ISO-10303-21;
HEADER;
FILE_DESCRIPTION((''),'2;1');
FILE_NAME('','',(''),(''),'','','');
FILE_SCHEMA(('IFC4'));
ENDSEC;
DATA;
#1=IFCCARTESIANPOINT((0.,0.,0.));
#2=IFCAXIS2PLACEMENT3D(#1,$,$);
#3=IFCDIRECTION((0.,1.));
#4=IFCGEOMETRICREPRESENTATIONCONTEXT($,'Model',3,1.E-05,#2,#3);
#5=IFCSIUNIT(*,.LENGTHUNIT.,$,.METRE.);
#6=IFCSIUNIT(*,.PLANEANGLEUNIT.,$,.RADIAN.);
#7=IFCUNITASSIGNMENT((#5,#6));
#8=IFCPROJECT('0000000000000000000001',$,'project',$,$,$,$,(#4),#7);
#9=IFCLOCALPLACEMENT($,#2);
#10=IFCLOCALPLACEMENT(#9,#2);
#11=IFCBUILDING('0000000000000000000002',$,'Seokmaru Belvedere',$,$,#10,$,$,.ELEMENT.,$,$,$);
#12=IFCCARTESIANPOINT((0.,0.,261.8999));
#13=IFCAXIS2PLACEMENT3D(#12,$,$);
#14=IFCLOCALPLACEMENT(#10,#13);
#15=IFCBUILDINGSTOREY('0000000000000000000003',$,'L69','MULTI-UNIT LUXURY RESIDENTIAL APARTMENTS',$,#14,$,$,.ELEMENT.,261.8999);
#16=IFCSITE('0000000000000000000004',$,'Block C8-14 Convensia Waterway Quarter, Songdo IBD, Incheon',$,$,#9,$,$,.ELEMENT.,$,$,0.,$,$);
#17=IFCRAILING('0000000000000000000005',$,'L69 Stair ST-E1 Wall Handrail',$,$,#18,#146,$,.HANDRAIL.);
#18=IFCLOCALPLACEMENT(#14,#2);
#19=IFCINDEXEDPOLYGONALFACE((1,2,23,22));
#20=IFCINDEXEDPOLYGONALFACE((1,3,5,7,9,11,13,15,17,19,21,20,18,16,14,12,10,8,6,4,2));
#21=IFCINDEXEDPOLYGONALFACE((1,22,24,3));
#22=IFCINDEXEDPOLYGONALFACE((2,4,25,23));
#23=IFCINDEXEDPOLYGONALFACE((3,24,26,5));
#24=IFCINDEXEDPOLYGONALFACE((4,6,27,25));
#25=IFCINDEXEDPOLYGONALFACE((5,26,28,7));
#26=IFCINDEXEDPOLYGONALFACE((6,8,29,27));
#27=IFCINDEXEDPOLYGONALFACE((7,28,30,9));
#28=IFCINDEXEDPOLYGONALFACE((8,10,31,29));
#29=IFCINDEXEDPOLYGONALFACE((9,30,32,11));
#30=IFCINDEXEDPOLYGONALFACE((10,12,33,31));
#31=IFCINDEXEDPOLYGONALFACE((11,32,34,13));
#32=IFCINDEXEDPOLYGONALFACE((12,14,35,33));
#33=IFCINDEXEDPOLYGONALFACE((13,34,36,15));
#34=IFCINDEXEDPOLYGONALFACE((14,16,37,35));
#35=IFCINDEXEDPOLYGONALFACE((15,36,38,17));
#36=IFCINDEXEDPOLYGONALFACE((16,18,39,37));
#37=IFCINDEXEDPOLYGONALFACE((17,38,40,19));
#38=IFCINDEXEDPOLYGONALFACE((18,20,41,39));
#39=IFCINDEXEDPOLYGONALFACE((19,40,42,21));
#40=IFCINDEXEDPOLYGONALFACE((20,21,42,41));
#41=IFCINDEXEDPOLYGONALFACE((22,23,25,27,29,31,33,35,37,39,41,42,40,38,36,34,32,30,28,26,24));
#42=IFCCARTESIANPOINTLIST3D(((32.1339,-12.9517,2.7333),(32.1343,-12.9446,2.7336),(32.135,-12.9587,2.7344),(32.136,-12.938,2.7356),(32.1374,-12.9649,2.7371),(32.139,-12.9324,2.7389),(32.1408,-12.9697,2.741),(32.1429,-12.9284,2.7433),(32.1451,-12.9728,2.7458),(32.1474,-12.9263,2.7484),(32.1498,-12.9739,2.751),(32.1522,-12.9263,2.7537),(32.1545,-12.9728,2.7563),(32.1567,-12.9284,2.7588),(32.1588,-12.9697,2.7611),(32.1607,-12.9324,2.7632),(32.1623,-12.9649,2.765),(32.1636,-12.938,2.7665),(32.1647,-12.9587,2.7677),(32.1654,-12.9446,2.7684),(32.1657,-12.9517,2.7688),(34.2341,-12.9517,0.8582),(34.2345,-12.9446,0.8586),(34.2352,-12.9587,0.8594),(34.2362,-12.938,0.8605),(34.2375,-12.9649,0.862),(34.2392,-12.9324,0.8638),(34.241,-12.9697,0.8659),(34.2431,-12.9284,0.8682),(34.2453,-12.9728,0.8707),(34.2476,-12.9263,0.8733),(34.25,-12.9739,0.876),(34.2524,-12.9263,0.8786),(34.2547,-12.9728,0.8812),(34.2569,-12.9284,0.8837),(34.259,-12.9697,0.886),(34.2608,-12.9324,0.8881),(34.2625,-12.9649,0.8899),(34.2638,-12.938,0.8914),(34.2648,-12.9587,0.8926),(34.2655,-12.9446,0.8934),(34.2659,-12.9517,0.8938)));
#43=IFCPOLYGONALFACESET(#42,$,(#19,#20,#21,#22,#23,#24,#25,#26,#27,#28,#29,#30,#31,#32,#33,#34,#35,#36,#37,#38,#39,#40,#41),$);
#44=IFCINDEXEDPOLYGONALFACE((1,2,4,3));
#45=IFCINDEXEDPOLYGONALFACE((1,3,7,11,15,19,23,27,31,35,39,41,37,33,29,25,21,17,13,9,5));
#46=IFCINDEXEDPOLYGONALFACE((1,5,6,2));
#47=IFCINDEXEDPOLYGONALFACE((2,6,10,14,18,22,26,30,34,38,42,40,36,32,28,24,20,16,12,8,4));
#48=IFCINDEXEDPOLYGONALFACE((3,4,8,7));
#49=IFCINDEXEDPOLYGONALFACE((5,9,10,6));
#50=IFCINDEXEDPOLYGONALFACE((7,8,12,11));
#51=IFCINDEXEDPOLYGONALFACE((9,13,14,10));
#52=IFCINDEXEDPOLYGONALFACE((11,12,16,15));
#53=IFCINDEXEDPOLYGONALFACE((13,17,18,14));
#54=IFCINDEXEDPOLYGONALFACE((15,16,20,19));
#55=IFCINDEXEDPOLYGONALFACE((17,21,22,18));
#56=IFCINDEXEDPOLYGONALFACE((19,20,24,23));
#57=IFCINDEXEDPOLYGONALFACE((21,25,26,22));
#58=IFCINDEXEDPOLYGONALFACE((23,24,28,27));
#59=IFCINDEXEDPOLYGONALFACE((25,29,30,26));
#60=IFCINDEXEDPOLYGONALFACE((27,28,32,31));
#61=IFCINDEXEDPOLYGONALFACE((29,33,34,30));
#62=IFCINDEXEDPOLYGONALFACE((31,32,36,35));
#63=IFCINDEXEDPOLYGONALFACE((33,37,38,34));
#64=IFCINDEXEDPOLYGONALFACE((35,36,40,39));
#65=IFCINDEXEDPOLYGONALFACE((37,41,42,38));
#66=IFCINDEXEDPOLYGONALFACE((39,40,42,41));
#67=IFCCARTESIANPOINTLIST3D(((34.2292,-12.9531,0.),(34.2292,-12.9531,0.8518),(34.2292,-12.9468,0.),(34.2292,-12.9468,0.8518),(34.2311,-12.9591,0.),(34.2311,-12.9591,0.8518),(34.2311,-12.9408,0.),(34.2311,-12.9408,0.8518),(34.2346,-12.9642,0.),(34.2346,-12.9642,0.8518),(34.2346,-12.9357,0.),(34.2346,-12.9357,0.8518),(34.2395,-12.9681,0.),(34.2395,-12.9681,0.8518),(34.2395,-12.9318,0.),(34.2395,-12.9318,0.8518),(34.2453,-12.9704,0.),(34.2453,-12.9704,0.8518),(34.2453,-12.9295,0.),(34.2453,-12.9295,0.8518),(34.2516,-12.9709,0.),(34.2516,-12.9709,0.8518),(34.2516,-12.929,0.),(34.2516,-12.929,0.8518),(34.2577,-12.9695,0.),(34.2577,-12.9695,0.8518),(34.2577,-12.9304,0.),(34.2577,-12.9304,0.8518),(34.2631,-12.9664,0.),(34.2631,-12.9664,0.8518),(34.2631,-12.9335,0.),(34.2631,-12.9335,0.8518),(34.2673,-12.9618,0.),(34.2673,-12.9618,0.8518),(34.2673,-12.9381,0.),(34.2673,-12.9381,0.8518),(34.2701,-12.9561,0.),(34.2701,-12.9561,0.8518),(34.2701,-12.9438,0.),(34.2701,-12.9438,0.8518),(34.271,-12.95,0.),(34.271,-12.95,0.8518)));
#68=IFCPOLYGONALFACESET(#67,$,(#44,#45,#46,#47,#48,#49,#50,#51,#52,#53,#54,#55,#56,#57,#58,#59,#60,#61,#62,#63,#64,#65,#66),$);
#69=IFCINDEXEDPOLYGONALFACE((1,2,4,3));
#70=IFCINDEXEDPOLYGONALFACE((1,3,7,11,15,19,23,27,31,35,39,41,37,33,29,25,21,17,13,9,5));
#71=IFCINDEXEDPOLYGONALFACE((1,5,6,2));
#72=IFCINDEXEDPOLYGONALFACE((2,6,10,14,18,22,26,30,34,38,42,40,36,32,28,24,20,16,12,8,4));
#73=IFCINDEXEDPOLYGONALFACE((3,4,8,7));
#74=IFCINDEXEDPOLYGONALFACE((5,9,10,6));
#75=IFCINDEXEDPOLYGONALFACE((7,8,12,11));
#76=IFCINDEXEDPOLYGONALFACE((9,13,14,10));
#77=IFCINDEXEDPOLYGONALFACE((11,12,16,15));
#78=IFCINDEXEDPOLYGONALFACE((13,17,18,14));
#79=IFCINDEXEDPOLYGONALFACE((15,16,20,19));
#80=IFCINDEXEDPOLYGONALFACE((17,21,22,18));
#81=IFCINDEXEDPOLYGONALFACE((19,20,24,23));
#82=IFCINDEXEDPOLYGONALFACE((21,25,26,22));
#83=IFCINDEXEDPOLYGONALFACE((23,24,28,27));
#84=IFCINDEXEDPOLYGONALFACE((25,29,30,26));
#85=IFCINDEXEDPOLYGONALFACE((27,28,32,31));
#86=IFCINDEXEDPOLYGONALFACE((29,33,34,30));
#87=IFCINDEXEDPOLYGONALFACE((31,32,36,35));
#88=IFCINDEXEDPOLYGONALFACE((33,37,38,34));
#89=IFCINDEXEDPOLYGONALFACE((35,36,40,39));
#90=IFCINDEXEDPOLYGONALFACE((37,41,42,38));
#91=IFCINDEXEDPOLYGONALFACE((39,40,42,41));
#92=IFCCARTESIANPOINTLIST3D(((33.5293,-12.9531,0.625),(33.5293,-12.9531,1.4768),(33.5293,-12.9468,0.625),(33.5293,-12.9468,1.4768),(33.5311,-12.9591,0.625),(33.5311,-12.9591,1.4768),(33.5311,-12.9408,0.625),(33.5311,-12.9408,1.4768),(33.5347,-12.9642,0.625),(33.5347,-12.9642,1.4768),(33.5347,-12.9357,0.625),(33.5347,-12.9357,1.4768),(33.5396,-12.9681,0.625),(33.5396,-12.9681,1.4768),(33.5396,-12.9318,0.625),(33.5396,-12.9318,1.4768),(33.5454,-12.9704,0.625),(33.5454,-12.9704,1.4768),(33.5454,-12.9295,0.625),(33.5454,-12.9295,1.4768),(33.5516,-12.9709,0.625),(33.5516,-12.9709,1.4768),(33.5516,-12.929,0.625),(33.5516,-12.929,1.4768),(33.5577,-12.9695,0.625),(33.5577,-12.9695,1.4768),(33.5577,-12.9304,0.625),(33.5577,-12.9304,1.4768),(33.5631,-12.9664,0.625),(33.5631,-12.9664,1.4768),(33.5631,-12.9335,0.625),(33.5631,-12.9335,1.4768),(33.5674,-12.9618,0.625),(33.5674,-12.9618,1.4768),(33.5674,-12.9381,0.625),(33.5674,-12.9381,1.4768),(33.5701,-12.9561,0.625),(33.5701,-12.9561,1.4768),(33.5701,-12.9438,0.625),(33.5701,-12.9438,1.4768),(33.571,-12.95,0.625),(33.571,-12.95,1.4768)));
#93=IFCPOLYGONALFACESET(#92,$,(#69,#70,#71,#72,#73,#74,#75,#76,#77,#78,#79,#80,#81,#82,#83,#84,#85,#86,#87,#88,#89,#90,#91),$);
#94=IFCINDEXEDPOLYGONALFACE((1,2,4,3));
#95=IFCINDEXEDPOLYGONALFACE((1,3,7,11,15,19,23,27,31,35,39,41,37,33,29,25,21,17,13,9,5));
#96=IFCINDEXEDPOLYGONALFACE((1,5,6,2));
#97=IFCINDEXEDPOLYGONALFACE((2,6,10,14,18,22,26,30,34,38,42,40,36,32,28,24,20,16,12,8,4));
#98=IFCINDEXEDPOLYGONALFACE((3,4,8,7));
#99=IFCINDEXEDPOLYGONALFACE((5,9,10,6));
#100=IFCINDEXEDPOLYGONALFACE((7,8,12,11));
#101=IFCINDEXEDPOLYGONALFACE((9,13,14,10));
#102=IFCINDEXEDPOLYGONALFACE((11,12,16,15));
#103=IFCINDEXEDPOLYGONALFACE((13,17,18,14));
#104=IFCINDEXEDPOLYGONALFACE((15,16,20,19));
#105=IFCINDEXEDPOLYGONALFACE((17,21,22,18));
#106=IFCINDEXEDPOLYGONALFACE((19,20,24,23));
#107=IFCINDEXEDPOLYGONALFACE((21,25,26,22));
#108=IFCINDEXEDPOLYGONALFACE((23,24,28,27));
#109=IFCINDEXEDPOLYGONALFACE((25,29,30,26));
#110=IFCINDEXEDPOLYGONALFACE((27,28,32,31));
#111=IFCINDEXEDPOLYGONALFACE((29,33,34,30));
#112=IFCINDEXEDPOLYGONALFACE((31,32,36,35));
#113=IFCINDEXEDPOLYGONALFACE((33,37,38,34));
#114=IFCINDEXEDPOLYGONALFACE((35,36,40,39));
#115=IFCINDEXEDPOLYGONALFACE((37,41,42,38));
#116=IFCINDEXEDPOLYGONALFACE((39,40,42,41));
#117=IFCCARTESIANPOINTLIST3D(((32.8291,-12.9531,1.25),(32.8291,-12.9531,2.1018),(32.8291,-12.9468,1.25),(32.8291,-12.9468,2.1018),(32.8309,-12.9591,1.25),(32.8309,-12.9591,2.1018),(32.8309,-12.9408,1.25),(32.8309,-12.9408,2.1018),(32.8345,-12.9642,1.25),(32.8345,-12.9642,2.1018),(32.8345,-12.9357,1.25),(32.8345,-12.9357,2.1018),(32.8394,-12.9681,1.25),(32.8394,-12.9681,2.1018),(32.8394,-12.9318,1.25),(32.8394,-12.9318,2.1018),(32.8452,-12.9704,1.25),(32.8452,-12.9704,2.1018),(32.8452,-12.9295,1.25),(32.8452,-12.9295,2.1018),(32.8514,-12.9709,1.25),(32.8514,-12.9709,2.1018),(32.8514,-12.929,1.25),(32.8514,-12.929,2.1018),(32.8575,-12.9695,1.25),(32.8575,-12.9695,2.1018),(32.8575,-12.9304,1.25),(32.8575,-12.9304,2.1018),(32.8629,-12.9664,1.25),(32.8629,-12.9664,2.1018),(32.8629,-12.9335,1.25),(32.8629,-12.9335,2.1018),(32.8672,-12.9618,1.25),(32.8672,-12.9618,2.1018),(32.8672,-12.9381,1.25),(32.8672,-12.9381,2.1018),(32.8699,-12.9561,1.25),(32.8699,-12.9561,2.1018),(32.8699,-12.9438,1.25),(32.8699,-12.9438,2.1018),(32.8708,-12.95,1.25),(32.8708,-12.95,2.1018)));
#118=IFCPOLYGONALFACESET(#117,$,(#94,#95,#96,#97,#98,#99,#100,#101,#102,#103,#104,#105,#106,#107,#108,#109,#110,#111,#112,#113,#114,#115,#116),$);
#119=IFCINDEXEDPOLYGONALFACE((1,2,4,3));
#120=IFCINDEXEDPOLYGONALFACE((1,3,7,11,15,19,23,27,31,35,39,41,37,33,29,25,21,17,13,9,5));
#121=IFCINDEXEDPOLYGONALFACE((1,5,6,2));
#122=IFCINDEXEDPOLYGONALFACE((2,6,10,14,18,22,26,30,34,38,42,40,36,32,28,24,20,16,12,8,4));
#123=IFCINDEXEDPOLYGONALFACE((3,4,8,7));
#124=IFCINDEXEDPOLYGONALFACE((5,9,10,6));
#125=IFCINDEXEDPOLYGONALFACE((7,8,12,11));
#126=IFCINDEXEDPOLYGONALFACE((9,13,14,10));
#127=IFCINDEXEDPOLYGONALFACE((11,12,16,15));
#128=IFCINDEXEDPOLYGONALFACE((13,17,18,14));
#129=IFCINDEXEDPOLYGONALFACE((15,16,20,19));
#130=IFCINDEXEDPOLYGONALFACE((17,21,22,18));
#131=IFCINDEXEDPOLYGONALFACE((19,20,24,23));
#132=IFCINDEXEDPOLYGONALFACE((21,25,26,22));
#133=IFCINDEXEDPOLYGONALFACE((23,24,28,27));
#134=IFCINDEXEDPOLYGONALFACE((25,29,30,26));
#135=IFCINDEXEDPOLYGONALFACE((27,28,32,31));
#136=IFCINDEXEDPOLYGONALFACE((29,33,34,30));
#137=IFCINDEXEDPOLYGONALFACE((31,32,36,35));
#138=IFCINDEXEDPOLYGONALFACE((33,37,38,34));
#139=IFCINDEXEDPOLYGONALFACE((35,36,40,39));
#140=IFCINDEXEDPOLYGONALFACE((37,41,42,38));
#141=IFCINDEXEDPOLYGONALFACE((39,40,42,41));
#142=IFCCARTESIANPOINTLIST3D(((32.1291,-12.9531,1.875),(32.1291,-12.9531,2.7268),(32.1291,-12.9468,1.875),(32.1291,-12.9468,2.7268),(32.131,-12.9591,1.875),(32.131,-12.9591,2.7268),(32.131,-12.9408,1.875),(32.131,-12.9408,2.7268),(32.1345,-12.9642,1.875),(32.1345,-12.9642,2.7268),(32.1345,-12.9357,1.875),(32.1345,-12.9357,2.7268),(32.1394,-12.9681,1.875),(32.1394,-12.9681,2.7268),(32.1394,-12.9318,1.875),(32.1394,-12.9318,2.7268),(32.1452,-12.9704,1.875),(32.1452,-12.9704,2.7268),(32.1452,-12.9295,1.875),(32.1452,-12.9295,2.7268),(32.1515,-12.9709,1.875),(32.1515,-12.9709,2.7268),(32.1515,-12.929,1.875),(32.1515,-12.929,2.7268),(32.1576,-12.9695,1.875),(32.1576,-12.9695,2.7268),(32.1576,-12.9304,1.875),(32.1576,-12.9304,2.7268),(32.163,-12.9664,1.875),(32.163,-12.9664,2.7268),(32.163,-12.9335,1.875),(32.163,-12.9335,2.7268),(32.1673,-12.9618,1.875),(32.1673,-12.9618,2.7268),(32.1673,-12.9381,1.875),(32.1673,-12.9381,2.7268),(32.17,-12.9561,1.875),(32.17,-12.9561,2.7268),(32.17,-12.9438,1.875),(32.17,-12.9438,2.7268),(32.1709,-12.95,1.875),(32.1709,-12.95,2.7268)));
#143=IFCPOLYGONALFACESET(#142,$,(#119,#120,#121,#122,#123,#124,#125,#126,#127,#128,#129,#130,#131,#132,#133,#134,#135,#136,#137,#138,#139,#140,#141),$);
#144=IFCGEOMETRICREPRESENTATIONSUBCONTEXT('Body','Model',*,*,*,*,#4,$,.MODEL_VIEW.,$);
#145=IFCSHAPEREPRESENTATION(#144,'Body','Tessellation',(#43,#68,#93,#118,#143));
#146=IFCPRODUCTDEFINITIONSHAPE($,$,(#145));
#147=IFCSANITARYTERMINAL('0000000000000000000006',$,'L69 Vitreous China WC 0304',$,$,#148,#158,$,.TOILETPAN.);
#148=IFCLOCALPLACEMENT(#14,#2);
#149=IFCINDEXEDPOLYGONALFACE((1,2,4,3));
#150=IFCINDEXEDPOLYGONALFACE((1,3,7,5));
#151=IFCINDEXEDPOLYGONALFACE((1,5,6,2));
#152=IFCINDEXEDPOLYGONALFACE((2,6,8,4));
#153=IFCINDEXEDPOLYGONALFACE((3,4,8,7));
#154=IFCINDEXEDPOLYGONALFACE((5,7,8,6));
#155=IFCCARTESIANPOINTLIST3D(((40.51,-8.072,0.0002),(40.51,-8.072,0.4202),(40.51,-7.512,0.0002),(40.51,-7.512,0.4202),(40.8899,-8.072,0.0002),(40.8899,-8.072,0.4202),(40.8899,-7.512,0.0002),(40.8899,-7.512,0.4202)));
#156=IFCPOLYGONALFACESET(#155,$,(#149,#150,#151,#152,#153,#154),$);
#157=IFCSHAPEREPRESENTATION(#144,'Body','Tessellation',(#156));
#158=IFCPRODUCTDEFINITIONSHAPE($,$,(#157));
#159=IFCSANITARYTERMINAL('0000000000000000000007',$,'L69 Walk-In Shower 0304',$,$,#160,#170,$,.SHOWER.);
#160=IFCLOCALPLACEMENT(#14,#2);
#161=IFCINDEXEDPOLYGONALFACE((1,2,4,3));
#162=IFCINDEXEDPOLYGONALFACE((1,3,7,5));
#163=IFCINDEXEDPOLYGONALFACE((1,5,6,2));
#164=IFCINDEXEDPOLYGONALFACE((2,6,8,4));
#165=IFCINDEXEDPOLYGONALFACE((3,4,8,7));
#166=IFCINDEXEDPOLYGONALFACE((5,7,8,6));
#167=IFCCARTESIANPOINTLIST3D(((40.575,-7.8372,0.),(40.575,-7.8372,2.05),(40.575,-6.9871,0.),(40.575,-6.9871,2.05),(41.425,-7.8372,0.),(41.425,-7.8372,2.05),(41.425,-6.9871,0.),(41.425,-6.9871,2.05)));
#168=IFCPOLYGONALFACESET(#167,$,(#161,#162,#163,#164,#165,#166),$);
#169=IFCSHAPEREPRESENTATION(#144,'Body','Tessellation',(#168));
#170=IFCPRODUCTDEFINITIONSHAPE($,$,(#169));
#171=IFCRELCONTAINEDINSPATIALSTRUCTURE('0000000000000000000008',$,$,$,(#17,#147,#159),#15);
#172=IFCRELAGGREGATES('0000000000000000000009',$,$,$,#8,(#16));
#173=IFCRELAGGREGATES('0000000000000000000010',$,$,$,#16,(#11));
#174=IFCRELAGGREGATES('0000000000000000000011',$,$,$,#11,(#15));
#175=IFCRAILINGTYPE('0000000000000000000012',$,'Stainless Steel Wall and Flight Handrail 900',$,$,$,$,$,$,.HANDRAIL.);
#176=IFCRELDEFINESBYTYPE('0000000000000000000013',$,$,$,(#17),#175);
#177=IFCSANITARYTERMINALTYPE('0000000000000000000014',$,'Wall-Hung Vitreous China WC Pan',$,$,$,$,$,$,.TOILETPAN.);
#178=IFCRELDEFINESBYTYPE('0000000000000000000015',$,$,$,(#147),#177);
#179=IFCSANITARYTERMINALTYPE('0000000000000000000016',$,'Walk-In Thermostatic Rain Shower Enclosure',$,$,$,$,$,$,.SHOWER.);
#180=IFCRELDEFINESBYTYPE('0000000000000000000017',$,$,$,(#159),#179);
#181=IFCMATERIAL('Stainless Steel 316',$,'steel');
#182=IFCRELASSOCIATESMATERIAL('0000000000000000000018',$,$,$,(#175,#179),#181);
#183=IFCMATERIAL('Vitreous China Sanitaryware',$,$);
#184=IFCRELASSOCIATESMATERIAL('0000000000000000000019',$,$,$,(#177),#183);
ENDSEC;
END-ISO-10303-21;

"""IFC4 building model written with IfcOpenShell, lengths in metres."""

from ifc_helpers import new_model, si_unit, direction, frame, origin, origin_2d, place, context, subcontext, project, spatial, rectangle, circle, extrude, source, transform, mapped, material, type_object, type_shapes, element, save


model = new_model("IFC4")

# Units and contexts
model_context = context("Model", 3, precision=1e-05, world=origin(), true_north=direction((0.0, 1.0)))
body_context = subcontext(model_context, "Body", "Model", "MODEL_VIEW")
ifc_project = project(units=[si_unit("LENGTHUNIT", "METRE"), si_unit("PLANEANGLEUNIT", "RADIAN")], contexts=[model_context])

# Site, building, storey
site_placement = place(None, origin())
site = spatial("IfcSite", under=ifc_project, at=site_placement, Name="Block C8-14 Convensia Waterway Quarter, Songdo IBD, Incheon", CompositionType="ELEMENT", RefElevation=0.0)
building_placement = place(site_placement, origin())
building = spatial("IfcBuilding", under=site, at=building_placement, Name="Seokmaru Belvedere", CompositionType="ELEMENT")
storey_placement = place(building_placement, frame((0.0, 0.0, 261.8999)))
storey = spatial("IfcBuildingStorey", under=building, at=storey_placement, Name="L69", Description="MULTI-UNIT LUXURY RESIDENTIAL APARTMENTS", CompositionType="ELEMENT", Elevation=261.8999)

# Railing
ifc_material_1 = material(Name="Stainless Steel 316", Category="steel")
railing_type_1 = type_object("IfcRailingType", Name="Stainless Steel Wall and Flight Handrail 900", PredefinedType="HANDRAIL", material=ifc_material_1)
railing_1_placement = place(storey_placement, frame((34.25, -12.95, 0.0)))
element("IfcRailing", 1, at=railing_1_placement, inside=storey, type_object=railing_type_1, Name="L69 Stair ST-E1 Wall Handrail", PredefinedType="HANDRAIL", context=body_context, shape_type="SweptSolid", body=[
    extrude(circle(Radius=0.0239, at=origin_2d()), frame((0.0, 0.0, 0.876), z_axis=(-0.745953, 0.0, 0.665999), x_axis=(0.0, -1.0, 0.0)), (0.0, 0.0, 1.0), 2.8154),
    extrude(circle(Radius=0.021, at=origin_2d()), origin(), (0.0, 0.0, 1.0), 0.8518),
    extrude(circle(Radius=0.021, at=origin_2d()), frame((-0.7, 0.0, 0.625)), (0.0, 0.0, 1.0), 0.8518),
    extrude(circle(Radius=0.021, at=origin_2d()), frame((-1.4001, 0.0, 1.25)), (0.0, 0.0, 1.0), 0.8518),
    extrude(circle(Radius=0.021, at=origin_2d()), frame((-2.1001, 0.0, 1.875)), (0.0, 0.0, 1.0), 0.8518),
])

# Sanitary terminals
ifc_material_2 = material(Name="Vitreous China Sanitaryware")
sanitary_terminal_type_1 = type_object("IfcSanitaryTerminalType", Name="Wall-Hung Vitreous China WC Pan", PredefinedType="TOILETPAN", material=ifc_material_2)
shared_shape_1 = source(origin(), body_context, "Body", "SweptSolid", [
    extrude(rectangle(XDim=0.3799, YDim=0.5601, at=origin_2d()), origin(), (0.0, 0.0, 1.0), 0.4199),
])
type_shapes(sanitary_terminal_type_1, [shared_shape_1])
sanitary_terminal_1_placement = place(storey_placement, frame((40.7, -7.792, 0.0002), z_axis=(0.0, 0.0, 1.0), x_axis=(1.0, 0.0, 0.0)))
element("IfcSanitaryTerminal", 2, at=sanitary_terminal_1_placement, inside=storey, type_object=sanitary_terminal_type_1, Name="L69 Vitreous China WC 0304", PredefinedType="TOILETPAN", context=body_context, shape_type="MappedRepresentation", body=[
    mapped(shared_shape_1, transform((0.0, 0.0, 0.0), scale=1.0)),
])
sanitary_terminal_type_2 = type_object("IfcSanitaryTerminalType", Name="Walk-In Thermostatic Rain Shower Enclosure", PredefinedType="SHOWER", material=ifc_material_1)
shared_shape_2 = source(origin(), body_context, "Body", "SweptSolid", [
    extrude(rectangle(XDim=0.8501, YDim=0.8501, at=origin_2d()), origin(), (0.0, 0.0, 1.0), 2.05),
])
type_shapes(sanitary_terminal_type_2, [shared_shape_2])
sanitary_terminal_2_placement = place(storey_placement, frame((41.0, -7.4121, 0.0), z_axis=(0.0, 0.0, 1.0), x_axis=(1.0, 0.0, 0.0)))
element("IfcSanitaryTerminal", 3, at=sanitary_terminal_2_placement, inside=storey, type_object=sanitary_terminal_type_2, Name="L69 Walk-In Shower 0304", PredefinedType="SHOWER", context=body_context, shape_type="MappedRepresentation", body=[
    mapped(shared_shape_2, transform((0.0, 0.0, 0.0), scale=1.0)),
])

save(model, "model.ifc")
